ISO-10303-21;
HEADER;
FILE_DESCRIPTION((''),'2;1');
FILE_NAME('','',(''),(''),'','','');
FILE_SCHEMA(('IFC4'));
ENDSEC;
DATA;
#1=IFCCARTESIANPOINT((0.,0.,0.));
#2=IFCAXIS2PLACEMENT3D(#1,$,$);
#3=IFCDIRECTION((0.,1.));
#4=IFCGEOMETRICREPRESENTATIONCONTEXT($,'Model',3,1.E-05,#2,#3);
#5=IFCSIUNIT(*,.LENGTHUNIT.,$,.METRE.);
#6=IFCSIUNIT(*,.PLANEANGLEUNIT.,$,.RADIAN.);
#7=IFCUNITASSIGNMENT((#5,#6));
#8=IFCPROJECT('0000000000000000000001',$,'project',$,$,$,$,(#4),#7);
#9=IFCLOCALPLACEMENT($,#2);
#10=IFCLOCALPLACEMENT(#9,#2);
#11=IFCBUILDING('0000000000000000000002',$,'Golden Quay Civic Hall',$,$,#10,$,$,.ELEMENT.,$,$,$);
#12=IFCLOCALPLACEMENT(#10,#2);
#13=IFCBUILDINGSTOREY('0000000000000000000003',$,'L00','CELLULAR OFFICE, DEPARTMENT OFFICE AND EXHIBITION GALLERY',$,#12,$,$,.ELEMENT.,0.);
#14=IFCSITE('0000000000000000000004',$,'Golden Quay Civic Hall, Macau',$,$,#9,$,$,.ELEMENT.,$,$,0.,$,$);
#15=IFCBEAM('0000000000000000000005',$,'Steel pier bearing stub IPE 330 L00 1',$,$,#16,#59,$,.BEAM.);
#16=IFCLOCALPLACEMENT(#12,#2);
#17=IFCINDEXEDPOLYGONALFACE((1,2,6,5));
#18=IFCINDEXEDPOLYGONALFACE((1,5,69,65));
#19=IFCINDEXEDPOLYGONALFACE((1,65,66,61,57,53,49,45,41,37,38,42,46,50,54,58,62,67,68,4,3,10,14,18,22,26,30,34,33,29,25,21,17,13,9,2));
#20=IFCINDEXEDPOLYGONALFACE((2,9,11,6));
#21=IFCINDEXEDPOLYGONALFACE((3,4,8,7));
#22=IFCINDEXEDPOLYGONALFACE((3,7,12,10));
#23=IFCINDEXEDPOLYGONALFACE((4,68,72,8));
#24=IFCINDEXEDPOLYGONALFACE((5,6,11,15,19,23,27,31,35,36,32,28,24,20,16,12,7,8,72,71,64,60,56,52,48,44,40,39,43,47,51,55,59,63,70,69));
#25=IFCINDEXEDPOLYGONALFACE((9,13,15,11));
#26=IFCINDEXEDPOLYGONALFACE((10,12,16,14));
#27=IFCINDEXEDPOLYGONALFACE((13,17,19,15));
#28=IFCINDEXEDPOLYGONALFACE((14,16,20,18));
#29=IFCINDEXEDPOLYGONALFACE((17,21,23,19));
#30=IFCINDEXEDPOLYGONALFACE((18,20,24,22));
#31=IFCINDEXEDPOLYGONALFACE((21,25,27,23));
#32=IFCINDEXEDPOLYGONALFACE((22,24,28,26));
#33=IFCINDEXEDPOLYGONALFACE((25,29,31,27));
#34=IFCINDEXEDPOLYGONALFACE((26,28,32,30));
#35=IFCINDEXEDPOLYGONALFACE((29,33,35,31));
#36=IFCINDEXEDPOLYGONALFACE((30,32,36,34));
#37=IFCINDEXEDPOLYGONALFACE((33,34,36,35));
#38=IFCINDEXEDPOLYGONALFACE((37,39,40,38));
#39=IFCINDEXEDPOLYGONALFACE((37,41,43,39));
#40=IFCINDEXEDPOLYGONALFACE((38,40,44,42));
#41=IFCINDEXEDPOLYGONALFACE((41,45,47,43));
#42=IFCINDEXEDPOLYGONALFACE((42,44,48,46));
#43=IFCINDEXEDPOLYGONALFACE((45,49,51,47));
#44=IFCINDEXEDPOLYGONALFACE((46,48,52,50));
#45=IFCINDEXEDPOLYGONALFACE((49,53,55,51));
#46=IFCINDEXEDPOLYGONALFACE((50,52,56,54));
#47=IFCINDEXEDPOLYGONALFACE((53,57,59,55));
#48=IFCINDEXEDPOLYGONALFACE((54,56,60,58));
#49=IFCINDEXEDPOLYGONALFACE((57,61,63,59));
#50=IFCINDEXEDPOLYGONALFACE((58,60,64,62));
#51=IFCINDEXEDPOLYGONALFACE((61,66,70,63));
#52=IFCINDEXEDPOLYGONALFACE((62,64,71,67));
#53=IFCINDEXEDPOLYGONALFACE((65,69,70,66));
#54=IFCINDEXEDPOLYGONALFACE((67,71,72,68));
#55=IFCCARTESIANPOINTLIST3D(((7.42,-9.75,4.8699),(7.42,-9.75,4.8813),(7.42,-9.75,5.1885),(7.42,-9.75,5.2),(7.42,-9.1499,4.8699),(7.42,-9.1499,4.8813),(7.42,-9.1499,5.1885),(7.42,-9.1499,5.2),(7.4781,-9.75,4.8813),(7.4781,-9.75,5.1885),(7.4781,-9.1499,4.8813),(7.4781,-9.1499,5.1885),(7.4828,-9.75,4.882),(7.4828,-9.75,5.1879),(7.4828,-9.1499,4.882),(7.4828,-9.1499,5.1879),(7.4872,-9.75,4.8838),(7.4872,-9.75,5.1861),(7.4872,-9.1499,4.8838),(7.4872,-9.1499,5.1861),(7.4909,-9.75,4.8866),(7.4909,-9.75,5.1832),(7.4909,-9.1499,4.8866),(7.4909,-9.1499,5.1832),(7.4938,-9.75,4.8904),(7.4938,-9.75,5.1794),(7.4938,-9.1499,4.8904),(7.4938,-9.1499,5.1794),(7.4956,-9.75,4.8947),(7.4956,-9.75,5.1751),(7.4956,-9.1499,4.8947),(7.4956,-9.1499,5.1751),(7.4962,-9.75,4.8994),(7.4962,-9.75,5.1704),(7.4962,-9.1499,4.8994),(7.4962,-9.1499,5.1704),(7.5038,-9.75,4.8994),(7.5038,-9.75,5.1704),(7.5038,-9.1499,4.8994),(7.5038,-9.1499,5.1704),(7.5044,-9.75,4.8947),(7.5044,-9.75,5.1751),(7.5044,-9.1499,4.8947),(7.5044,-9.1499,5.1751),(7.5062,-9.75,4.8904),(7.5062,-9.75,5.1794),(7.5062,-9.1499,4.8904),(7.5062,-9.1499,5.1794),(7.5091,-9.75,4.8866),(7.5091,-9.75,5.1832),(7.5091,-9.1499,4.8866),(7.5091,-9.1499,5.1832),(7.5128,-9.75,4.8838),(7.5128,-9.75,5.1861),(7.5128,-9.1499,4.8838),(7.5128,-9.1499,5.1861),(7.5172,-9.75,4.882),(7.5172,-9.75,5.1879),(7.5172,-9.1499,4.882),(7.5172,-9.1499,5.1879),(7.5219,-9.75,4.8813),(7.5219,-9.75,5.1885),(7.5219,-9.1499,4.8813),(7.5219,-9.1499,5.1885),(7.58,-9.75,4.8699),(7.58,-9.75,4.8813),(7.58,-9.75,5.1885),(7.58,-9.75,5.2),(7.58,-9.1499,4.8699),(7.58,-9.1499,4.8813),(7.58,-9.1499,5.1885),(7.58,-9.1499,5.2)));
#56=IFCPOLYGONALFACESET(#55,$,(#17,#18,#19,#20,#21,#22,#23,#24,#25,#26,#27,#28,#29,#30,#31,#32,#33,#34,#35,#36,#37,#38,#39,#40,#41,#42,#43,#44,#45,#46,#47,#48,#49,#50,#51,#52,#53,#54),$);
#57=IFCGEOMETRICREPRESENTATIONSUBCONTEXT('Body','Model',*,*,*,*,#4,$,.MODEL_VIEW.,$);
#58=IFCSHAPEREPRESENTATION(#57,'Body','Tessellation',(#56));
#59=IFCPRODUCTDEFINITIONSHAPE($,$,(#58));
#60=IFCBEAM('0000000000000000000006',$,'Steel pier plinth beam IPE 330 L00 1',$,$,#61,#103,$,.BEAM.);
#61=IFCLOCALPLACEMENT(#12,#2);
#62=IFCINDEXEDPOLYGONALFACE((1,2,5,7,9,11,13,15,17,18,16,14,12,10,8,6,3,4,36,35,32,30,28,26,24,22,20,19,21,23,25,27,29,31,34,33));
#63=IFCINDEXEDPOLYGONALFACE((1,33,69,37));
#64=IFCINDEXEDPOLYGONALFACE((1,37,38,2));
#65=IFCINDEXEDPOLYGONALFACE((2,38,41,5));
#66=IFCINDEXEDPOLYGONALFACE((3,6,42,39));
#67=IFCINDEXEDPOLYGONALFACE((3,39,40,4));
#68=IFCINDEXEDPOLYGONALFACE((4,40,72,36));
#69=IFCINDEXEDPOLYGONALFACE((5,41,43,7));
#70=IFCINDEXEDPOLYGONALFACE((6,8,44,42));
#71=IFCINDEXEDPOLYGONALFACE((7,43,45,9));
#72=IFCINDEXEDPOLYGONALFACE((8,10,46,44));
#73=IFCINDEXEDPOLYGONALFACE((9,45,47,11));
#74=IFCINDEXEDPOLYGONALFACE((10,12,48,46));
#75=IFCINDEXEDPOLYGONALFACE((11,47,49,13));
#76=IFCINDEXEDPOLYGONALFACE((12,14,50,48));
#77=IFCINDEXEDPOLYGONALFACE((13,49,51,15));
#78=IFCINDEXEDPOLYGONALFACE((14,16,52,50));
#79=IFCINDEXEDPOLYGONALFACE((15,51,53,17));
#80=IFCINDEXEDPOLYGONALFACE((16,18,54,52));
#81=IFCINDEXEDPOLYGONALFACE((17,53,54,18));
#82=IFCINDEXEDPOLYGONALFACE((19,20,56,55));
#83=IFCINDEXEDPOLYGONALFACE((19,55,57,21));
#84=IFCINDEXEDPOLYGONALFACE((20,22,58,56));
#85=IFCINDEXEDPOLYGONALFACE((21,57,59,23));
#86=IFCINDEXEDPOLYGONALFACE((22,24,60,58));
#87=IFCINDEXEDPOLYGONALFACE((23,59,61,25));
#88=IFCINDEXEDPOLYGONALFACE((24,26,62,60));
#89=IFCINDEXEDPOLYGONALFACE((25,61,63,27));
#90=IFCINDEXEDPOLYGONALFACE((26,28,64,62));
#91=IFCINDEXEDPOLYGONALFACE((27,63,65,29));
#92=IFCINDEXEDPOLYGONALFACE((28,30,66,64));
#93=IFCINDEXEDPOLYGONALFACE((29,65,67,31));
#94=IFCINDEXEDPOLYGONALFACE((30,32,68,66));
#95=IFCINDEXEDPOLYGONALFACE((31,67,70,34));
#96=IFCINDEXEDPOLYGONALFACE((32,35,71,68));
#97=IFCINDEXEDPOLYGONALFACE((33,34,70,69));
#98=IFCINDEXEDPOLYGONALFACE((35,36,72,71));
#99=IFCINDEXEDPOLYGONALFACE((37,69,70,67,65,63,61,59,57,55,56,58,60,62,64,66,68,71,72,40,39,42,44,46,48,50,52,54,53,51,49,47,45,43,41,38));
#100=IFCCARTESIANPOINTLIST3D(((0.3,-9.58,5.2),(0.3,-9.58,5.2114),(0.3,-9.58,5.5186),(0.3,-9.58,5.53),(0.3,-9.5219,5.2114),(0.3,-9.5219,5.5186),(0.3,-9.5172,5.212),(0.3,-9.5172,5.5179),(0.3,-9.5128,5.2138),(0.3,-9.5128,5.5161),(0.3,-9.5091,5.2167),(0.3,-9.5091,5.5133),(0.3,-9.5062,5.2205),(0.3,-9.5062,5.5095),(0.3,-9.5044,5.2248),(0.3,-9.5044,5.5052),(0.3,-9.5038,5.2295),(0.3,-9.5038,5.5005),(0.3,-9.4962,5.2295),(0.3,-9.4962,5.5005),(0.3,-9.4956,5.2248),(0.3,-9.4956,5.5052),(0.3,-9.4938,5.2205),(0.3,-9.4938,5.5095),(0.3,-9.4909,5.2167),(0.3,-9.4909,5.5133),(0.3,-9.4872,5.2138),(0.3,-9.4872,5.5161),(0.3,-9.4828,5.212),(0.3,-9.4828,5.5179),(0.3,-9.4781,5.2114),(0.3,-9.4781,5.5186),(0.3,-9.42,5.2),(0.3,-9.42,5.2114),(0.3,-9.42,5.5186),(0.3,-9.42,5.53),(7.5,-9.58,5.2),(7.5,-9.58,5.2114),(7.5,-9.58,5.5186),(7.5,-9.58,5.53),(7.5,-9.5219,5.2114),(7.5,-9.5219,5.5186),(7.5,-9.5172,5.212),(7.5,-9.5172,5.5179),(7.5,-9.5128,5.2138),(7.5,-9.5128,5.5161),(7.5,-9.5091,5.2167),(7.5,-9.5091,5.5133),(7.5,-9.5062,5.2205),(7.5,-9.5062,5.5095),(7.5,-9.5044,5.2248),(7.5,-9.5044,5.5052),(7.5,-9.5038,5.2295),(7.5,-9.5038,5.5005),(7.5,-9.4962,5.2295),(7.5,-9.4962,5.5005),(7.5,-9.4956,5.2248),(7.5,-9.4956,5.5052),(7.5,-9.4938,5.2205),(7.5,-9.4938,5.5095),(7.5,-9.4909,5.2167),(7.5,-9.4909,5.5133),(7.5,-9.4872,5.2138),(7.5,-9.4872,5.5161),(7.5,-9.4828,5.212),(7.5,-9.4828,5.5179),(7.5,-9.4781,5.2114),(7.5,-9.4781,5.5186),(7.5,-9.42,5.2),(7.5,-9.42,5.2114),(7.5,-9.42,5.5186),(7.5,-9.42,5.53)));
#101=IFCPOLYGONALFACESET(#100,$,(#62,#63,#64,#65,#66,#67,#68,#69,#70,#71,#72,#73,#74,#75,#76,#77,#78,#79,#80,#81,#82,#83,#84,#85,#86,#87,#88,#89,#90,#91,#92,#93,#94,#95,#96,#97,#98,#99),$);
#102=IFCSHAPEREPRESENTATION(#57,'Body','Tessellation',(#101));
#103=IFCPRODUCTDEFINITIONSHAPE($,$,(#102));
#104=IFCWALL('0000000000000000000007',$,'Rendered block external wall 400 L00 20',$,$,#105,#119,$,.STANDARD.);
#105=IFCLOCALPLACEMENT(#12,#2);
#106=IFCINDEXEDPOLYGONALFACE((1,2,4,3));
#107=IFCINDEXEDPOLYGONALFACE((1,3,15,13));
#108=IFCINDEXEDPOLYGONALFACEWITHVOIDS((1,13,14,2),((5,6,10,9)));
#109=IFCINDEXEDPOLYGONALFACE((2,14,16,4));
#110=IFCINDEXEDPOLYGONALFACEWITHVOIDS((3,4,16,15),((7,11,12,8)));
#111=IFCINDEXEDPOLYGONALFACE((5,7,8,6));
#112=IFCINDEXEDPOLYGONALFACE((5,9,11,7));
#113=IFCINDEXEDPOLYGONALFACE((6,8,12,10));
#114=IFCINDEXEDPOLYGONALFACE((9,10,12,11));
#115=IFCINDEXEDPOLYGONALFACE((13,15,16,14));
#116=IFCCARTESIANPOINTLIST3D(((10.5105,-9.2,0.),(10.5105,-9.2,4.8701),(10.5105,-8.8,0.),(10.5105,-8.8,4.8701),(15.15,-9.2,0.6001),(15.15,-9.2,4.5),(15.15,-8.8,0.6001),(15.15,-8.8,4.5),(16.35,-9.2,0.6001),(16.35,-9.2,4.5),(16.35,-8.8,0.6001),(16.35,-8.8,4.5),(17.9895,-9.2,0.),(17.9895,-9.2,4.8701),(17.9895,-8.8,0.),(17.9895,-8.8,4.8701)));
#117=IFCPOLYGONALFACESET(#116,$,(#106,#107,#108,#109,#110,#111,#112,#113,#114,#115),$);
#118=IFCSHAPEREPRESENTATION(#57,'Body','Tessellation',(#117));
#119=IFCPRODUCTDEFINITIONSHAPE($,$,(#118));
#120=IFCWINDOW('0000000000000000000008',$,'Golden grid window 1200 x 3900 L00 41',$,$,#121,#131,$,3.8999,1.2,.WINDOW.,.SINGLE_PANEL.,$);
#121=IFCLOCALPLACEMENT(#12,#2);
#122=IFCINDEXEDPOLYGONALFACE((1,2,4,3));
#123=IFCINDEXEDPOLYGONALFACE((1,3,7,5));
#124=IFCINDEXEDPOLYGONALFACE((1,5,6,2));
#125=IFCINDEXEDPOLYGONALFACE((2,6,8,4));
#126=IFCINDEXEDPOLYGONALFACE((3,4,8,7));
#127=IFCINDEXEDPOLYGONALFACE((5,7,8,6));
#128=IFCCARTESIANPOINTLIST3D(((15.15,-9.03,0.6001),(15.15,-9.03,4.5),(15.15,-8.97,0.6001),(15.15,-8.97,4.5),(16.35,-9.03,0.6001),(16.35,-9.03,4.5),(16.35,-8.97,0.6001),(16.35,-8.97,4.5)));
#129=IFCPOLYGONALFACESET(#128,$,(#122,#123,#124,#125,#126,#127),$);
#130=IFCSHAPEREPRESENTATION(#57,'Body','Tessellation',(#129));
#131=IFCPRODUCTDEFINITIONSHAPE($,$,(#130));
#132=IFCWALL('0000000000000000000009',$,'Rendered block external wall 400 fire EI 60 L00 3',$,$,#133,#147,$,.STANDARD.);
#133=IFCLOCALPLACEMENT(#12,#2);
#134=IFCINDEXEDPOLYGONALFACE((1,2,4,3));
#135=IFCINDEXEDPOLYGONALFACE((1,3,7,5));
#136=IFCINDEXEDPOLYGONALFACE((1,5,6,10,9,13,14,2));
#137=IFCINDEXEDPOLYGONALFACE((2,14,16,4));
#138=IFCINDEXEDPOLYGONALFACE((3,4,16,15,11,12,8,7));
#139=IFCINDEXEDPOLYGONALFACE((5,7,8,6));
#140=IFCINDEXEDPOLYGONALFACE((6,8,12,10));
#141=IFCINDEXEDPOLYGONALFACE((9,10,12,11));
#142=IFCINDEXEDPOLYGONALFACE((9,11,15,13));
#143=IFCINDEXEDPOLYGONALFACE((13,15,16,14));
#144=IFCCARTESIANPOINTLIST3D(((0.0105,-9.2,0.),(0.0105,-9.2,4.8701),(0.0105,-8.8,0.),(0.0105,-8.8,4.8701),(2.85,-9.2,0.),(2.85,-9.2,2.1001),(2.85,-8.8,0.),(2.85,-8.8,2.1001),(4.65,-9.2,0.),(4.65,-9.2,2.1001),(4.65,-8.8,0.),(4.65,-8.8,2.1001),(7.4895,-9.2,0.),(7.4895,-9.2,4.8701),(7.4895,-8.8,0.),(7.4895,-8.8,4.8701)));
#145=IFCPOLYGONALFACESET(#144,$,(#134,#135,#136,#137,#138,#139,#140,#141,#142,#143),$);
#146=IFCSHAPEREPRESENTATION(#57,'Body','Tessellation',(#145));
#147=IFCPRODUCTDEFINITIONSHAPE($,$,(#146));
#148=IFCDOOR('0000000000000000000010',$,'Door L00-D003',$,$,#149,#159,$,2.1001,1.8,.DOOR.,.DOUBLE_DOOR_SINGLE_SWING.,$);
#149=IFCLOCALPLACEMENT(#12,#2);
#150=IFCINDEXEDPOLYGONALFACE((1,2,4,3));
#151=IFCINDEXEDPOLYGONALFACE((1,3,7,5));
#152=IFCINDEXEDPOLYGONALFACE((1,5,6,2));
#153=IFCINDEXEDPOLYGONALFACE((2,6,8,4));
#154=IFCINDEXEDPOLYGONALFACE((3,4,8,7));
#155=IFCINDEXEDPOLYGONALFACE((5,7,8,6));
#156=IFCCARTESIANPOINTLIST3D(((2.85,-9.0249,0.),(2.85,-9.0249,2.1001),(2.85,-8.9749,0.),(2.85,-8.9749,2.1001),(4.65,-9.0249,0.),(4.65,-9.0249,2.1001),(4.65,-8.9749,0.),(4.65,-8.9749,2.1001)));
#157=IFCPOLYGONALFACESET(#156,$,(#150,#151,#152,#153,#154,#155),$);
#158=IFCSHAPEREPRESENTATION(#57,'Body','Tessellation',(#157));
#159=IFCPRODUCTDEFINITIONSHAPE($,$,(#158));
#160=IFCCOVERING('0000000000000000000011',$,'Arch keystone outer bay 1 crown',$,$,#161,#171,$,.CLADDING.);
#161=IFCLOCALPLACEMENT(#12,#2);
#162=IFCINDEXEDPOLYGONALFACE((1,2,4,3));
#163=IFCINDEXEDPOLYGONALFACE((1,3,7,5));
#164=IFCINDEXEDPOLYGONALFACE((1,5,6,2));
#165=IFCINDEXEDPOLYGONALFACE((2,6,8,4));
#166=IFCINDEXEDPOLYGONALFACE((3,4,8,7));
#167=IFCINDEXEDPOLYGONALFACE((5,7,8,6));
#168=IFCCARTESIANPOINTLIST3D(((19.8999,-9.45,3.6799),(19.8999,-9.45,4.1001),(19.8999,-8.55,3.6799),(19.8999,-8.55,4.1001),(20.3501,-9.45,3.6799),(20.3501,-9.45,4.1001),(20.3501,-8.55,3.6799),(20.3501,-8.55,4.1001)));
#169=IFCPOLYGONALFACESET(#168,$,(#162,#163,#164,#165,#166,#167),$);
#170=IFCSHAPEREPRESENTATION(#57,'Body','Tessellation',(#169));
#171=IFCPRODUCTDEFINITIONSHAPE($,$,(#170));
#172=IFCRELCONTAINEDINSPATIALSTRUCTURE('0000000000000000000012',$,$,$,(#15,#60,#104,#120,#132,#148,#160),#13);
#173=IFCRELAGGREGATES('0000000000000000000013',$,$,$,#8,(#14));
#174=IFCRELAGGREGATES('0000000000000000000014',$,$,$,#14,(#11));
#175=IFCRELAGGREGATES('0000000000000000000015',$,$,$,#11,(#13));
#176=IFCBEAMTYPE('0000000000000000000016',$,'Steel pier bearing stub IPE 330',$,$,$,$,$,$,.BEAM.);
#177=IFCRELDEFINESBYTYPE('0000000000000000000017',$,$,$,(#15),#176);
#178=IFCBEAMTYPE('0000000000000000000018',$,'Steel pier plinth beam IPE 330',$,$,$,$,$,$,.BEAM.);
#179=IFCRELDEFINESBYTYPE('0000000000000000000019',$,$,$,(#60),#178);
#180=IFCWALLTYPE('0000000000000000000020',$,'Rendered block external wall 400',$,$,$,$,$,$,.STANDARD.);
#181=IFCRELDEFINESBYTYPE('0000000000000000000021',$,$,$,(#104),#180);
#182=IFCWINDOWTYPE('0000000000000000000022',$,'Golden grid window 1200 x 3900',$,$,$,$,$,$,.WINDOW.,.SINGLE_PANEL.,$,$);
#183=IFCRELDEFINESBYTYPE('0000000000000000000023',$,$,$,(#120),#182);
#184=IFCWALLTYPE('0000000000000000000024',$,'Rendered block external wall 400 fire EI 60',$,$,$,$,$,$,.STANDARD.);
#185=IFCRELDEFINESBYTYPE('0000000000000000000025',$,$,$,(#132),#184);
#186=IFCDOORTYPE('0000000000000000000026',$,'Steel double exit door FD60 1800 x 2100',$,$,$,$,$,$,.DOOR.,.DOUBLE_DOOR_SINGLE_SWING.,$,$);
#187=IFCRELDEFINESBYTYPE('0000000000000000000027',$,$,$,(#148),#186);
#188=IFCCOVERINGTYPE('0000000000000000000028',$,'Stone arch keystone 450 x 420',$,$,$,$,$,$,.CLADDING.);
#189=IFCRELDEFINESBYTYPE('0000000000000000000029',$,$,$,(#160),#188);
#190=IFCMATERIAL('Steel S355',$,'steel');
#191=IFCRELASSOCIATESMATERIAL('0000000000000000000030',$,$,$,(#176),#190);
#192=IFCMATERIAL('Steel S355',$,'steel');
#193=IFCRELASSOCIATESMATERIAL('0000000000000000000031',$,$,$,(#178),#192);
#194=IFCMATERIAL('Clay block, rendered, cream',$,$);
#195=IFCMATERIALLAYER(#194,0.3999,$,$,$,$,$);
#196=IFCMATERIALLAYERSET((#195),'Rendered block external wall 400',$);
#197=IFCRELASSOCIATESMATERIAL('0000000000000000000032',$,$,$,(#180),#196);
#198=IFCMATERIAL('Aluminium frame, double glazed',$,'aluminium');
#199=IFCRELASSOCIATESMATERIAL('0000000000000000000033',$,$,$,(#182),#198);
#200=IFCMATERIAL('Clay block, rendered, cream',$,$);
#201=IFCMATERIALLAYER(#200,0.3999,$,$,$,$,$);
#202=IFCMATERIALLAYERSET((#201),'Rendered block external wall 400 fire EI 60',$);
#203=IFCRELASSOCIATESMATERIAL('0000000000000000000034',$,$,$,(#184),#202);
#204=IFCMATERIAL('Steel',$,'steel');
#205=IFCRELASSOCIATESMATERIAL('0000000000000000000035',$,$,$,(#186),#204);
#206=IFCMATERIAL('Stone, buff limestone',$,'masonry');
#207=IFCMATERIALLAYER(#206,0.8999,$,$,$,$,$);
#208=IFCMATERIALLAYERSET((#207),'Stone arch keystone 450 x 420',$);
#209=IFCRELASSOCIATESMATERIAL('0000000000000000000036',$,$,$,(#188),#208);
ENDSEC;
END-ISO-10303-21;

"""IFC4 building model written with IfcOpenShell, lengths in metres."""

from ifc_helpers import new_model, si_unit, direction, frame, frame_2d, origin, origin_2d, place, context, subcontext, project, spatial, polyline, rectangle, i_section, outline, extrude, material, layer, layer_set, material_profile, profile_set, type_object, element, fill, save


model = new_model("IFC4")

# Units and contexts
model_context = context("Model", 3, precision=1e-05, world=origin(), true_north=direction((0.0, 1.0)))
body_context = subcontext(model_context, "Body", "Model", "MODEL_VIEW")
ifc_project = project(units=[si_unit("LENGTHUNIT", "METRE"), si_unit("PLANEANGLEUNIT", "RADIAN")], contexts=[model_context])

# Site, building, storey
site_placement = place(None, origin())
site = spatial("IfcSite", under=ifc_project, at=site_placement, Name="Golden Quay Civic Hall, Macau", CompositionType="ELEMENT", RefElevation=0.0)
building_placement = place(site_placement, origin())
building = spatial("IfcBuilding", under=site, at=building_placement, Name="Golden Quay Civic Hall", CompositionType="ELEMENT")
storey_placement = place(building_placement, origin())
storey = spatial("IfcBuildingStorey", under=building, at=storey_placement, Name="L00", Description="CELLULAR OFFICE, DEPARTMENT OFFICE AND EXHIBITION GALLERY", CompositionType="ELEMENT", Elevation=0.0)

# Beams
ifc_material_1 = material(Name="Steel S355", Category="steel")
ifc_material_profile_1 = material_profile(ifc_material_1, i_section(OverallWidth=0.1599, OverallDepth=0.3301, WebThickness=0.0076, FlangeThickness=0.0115, FilletRadius=0.0181, at=origin_2d()), Name="IPE 330")
ifc_profile_set_1 = profile_set([ifc_material_profile_1], Name="Steel S355")
beam_type_1 = type_object("IfcBeamType", Name="Steel pier bearing stub IPE 330", PredefinedType="BEAM", material=ifc_profile_set_1)
beam_1_placement = place(storey_placement, frame((7.5, -9.1499, 5.0349), z_axis=(0.0, -1.0, 0.0), x_axis=(1.0, 0.0, 0.0)))
element("IfcBeam", 1, at=beam_1_placement, inside=storey, type_object=beam_type_1, Name="Steel pier bearing stub IPE 330 L00 1", PredefinedType="BEAM", context=body_context, shape_type="SweptSolid", body=[
    extrude(i_section(OverallWidth=0.1599, OverallDepth=0.3301, WebThickness=0.0076, FlangeThickness=0.0115, FilletRadius=0.0181, at=origin_2d()), origin(), (0.0, 0.0, 1.0), 0.6001),
])
ifc_material_2 = material(Name="Steel S355", Category="steel")
ifc_material_profile_2 = material_profile(ifc_material_2, i_section(OverallWidth=0.1599, OverallDepth=0.3301, WebThickness=0.0076, FlangeThickness=0.0115, FilletRadius=0.0181, at=origin_2d()), Name="IPE 330")
ifc_profile_set_2 = profile_set([ifc_material_profile_2], Name="Steel S355")
beam_type_2 = type_object("IfcBeamType", Name="Steel pier plinth beam IPE 330", PredefinedType="BEAM", material=ifc_profile_set_2)
beam_2_placement = place(storey_placement, frame((0.3, -9.5, 5.365), z_axis=(1.0, 0.0, 0.0), x_axis=(0.0, 1.0, 0.0)))
element("IfcBeam", 2, at=beam_2_placement, inside=storey, type_object=beam_type_2, Name="Steel pier plinth beam IPE 330 L00 1", PredefinedType="BEAM", context=body_context, shape_type="SweptSolid", body=[
    extrude(i_section(OverallWidth=0.1599, OverallDepth=0.3301, WebThickness=0.0076, FlangeThickness=0.0115, FilletRadius=0.0181, at=origin_2d()), origin(), (0.0, 0.0, 1.0), 7.2),
])

# Shared definitions
ifc_material_3 = material(Name="Clay block, rendered, cream")
ifc_layer_1 = layer(ifc_material_3, 0.3999)
ifc_layer_set_1 = layer_set([ifc_layer_1], Name="Rendered block external wall 400")
wall_type_1 = type_object("IfcWallType", Name="Rendered block external wall 400", PredefinedType="STANDARD", material=ifc_layer_set_1)

# Wall, opening, window
wall_1_placement = place(storey_placement, frame((17.9895, -9.0, 0.0), z_axis=(0.0, 0.0, 1.0), x_axis=(-1.0, 0.0, 0.0)))
wall_1 = element("IfcWall", 3, at=wall_1_placement, inside=storey, type_object=wall_type_1, Name="Rendered block external wall 400 L00 20", PredefinedType="STANDARD", context=body_context, shape_type="SweptSolid", body=[
    extrude(rectangle(XDim=7.479, YDim=0.3999, at=frame_2d((3.7395, 0.0))), origin(), (0.0, 0.0, 1.0), 4.8701),
])
opening_1_placement = place(wall_1_placement, frame((1.6394, 0.0, 0.6001)))
opening_1 = element("IfcOpeningElement", 4, at=opening_1_placement, cuts=wall_1, PredefinedType="OPENING", context=body_context, shape_type="SweptSolid", body=[
    extrude(rectangle(XDim=1.2, YDim=3.8999, at=frame_2d((0.6001, 1.95))), frame((0.0, 0.21, 0.0), z_axis=(0.0, -1.0, 0.0), x_axis=(1.0, 0.0, 0.0)), (0.0, 0.0, 1.0), 0.4199),
])
ifc_material_4 = material(Name="Aluminium frame, double glazed", Category="aluminium")
window_type = type_object("IfcWindowType", Name="Golden grid window 1200 x 3900", PartitioningType="SINGLE_PANEL", PredefinedType="WINDOW", material=ifc_material_4)
window_placement = place(opening_1_placement, origin())
window = element("IfcWindow", 5, at=window_placement, inside=storey, type_object=window_type, Name="Golden grid window 1200 x 3900 L00 41", OverallHeight=3.8999, OverallWidth=1.2, PartitioningType="SINGLE_PANEL", PredefinedType="WINDOW", context=body_context, shape_type="SweptSolid", body=[
    extrude(rectangle(XDim=1.2, YDim=3.8999, at=frame_2d((0.6001, 1.95))), frame((0.0, 0.03, 0.0), z_axis=(0.0, -1.0, 0.0), x_axis=(1.0, 0.0, 0.0)), (0.0, 0.0, 1.0), 0.0601),
])
fill(opening_1, window)

# Wall, opening, door
ifc_material_5 = material(Name="Clay block, rendered, cream")
ifc_layer_2 = layer(ifc_material_5, 0.3999)
ifc_layer_set_2 = layer_set([ifc_layer_2], Name="Rendered block external wall 400 fire EI 60")
wall_type_2 = type_object("IfcWallType", Name="Rendered block external wall 400 fire EI 60", PredefinedType="STANDARD", material=ifc_layer_set_2)
wall_2_placement = place(storey_placement, frame((7.4895, -9.0, 0.0), z_axis=(0.0, 0.0, 1.0), x_axis=(-1.0, 0.0, 0.0)))
wall_2 = element("IfcWall", 6, at=wall_2_placement, inside=storey, type_object=wall_type_2, Name="Rendered block external wall 400 fire EI 60 L00 3", PredefinedType="STANDARD", context=body_context, shape_type="SweptSolid", body=[
    extrude(rectangle(XDim=7.479, YDim=0.3999, at=frame_2d((3.7395, 0.0))), origin(), (0.0, 0.0, 1.0), 4.8701),
])
opening_2_placement = place(wall_2_placement, frame((2.8396, 0.0, 0.0)))
opening_2 = element("IfcOpeningElement", 7, at=opening_2_placement, cuts=wall_2, PredefinedType="OPENING", context=body_context, shape_type="SweptSolid", body=[
    extrude(rectangle(XDim=1.8, YDim=2.1001, at=frame_2d((0.8999, 1.05))), frame((0.0, 0.21, 0.0), z_axis=(0.0, -1.0, 0.0), x_axis=(1.0, 0.0, 0.0)), (0.0, 0.0, 1.0), 0.4199),
])
ifc_material_6 = material(Name="Steel", Category="steel")
door_type_1 = type_object("IfcDoorType", Name="Steel double exit door FD60 1800 x 2100", OperationType="DOUBLE_DOOR_SINGLE_SWING", PredefinedType="DOOR", material=ifc_material_6)
door_1_placement = place(opening_2_placement, origin())
door_1 = element("IfcDoor", 8, at=door_1_placement, inside=storey, type_object=door_type_1, Name="Door L00-D003", OperationType="DOUBLE_DOOR_SINGLE_SWING", OverallHeight=2.1001, OverallWidth=1.8, PredefinedType="DOOR", context=body_context, shape_type="SweptSolid", body=[
    extrude(rectangle(XDim=1.8, YDim=2.1001, at=frame_2d((0.8999, 1.05))), frame((0.0, 0.0249, 0.0), z_axis=(0.0, -1.0, 0.0), x_axis=(1.0, 0.0, 0.0)), (0.0, 0.0, 1.0), 0.05),
])
fill(opening_2, door_1)

# Covering
ifc_material_7 = material(Name="Stone, buff limestone", Category="masonry")
ifc_layer_3 = layer(ifc_material_7, 0.8999)
ifc_layer_set_3 = layer_set([ifc_layer_3], Name="Stone arch keystone 450 x 420")
covering_type_1 = type_object("IfcCoveringType", Name="Stone arch keystone 450 x 420", PredefinedType="CLADDING", material=ifc_layer_set_3)
covering_1_placement = place(storey_placement, frame((19.8999, -9.45, 3.6799), z_axis=(0.0, -1.0, 0.0), x_axis=(1.0, 0.0, 0.0)))
element("IfcCovering", 9, at=covering_1_placement, inside=storey, type_object=covering_type_1, Name="Arch keystone outer bay 1 crown", PredefinedType="CLADDING", context=body_context, shape_type="SweptSolid", body=[
    extrude(outline(polyline([(0.0, 0.0), (0.4502, 0.0), (0.4502, 0.4202), (0.0, 0.4202), (0.0, 0.0)])), origin(), (0.0, 0.0, -1.0), 0.8999),
])

save(model, "model.ifc")
